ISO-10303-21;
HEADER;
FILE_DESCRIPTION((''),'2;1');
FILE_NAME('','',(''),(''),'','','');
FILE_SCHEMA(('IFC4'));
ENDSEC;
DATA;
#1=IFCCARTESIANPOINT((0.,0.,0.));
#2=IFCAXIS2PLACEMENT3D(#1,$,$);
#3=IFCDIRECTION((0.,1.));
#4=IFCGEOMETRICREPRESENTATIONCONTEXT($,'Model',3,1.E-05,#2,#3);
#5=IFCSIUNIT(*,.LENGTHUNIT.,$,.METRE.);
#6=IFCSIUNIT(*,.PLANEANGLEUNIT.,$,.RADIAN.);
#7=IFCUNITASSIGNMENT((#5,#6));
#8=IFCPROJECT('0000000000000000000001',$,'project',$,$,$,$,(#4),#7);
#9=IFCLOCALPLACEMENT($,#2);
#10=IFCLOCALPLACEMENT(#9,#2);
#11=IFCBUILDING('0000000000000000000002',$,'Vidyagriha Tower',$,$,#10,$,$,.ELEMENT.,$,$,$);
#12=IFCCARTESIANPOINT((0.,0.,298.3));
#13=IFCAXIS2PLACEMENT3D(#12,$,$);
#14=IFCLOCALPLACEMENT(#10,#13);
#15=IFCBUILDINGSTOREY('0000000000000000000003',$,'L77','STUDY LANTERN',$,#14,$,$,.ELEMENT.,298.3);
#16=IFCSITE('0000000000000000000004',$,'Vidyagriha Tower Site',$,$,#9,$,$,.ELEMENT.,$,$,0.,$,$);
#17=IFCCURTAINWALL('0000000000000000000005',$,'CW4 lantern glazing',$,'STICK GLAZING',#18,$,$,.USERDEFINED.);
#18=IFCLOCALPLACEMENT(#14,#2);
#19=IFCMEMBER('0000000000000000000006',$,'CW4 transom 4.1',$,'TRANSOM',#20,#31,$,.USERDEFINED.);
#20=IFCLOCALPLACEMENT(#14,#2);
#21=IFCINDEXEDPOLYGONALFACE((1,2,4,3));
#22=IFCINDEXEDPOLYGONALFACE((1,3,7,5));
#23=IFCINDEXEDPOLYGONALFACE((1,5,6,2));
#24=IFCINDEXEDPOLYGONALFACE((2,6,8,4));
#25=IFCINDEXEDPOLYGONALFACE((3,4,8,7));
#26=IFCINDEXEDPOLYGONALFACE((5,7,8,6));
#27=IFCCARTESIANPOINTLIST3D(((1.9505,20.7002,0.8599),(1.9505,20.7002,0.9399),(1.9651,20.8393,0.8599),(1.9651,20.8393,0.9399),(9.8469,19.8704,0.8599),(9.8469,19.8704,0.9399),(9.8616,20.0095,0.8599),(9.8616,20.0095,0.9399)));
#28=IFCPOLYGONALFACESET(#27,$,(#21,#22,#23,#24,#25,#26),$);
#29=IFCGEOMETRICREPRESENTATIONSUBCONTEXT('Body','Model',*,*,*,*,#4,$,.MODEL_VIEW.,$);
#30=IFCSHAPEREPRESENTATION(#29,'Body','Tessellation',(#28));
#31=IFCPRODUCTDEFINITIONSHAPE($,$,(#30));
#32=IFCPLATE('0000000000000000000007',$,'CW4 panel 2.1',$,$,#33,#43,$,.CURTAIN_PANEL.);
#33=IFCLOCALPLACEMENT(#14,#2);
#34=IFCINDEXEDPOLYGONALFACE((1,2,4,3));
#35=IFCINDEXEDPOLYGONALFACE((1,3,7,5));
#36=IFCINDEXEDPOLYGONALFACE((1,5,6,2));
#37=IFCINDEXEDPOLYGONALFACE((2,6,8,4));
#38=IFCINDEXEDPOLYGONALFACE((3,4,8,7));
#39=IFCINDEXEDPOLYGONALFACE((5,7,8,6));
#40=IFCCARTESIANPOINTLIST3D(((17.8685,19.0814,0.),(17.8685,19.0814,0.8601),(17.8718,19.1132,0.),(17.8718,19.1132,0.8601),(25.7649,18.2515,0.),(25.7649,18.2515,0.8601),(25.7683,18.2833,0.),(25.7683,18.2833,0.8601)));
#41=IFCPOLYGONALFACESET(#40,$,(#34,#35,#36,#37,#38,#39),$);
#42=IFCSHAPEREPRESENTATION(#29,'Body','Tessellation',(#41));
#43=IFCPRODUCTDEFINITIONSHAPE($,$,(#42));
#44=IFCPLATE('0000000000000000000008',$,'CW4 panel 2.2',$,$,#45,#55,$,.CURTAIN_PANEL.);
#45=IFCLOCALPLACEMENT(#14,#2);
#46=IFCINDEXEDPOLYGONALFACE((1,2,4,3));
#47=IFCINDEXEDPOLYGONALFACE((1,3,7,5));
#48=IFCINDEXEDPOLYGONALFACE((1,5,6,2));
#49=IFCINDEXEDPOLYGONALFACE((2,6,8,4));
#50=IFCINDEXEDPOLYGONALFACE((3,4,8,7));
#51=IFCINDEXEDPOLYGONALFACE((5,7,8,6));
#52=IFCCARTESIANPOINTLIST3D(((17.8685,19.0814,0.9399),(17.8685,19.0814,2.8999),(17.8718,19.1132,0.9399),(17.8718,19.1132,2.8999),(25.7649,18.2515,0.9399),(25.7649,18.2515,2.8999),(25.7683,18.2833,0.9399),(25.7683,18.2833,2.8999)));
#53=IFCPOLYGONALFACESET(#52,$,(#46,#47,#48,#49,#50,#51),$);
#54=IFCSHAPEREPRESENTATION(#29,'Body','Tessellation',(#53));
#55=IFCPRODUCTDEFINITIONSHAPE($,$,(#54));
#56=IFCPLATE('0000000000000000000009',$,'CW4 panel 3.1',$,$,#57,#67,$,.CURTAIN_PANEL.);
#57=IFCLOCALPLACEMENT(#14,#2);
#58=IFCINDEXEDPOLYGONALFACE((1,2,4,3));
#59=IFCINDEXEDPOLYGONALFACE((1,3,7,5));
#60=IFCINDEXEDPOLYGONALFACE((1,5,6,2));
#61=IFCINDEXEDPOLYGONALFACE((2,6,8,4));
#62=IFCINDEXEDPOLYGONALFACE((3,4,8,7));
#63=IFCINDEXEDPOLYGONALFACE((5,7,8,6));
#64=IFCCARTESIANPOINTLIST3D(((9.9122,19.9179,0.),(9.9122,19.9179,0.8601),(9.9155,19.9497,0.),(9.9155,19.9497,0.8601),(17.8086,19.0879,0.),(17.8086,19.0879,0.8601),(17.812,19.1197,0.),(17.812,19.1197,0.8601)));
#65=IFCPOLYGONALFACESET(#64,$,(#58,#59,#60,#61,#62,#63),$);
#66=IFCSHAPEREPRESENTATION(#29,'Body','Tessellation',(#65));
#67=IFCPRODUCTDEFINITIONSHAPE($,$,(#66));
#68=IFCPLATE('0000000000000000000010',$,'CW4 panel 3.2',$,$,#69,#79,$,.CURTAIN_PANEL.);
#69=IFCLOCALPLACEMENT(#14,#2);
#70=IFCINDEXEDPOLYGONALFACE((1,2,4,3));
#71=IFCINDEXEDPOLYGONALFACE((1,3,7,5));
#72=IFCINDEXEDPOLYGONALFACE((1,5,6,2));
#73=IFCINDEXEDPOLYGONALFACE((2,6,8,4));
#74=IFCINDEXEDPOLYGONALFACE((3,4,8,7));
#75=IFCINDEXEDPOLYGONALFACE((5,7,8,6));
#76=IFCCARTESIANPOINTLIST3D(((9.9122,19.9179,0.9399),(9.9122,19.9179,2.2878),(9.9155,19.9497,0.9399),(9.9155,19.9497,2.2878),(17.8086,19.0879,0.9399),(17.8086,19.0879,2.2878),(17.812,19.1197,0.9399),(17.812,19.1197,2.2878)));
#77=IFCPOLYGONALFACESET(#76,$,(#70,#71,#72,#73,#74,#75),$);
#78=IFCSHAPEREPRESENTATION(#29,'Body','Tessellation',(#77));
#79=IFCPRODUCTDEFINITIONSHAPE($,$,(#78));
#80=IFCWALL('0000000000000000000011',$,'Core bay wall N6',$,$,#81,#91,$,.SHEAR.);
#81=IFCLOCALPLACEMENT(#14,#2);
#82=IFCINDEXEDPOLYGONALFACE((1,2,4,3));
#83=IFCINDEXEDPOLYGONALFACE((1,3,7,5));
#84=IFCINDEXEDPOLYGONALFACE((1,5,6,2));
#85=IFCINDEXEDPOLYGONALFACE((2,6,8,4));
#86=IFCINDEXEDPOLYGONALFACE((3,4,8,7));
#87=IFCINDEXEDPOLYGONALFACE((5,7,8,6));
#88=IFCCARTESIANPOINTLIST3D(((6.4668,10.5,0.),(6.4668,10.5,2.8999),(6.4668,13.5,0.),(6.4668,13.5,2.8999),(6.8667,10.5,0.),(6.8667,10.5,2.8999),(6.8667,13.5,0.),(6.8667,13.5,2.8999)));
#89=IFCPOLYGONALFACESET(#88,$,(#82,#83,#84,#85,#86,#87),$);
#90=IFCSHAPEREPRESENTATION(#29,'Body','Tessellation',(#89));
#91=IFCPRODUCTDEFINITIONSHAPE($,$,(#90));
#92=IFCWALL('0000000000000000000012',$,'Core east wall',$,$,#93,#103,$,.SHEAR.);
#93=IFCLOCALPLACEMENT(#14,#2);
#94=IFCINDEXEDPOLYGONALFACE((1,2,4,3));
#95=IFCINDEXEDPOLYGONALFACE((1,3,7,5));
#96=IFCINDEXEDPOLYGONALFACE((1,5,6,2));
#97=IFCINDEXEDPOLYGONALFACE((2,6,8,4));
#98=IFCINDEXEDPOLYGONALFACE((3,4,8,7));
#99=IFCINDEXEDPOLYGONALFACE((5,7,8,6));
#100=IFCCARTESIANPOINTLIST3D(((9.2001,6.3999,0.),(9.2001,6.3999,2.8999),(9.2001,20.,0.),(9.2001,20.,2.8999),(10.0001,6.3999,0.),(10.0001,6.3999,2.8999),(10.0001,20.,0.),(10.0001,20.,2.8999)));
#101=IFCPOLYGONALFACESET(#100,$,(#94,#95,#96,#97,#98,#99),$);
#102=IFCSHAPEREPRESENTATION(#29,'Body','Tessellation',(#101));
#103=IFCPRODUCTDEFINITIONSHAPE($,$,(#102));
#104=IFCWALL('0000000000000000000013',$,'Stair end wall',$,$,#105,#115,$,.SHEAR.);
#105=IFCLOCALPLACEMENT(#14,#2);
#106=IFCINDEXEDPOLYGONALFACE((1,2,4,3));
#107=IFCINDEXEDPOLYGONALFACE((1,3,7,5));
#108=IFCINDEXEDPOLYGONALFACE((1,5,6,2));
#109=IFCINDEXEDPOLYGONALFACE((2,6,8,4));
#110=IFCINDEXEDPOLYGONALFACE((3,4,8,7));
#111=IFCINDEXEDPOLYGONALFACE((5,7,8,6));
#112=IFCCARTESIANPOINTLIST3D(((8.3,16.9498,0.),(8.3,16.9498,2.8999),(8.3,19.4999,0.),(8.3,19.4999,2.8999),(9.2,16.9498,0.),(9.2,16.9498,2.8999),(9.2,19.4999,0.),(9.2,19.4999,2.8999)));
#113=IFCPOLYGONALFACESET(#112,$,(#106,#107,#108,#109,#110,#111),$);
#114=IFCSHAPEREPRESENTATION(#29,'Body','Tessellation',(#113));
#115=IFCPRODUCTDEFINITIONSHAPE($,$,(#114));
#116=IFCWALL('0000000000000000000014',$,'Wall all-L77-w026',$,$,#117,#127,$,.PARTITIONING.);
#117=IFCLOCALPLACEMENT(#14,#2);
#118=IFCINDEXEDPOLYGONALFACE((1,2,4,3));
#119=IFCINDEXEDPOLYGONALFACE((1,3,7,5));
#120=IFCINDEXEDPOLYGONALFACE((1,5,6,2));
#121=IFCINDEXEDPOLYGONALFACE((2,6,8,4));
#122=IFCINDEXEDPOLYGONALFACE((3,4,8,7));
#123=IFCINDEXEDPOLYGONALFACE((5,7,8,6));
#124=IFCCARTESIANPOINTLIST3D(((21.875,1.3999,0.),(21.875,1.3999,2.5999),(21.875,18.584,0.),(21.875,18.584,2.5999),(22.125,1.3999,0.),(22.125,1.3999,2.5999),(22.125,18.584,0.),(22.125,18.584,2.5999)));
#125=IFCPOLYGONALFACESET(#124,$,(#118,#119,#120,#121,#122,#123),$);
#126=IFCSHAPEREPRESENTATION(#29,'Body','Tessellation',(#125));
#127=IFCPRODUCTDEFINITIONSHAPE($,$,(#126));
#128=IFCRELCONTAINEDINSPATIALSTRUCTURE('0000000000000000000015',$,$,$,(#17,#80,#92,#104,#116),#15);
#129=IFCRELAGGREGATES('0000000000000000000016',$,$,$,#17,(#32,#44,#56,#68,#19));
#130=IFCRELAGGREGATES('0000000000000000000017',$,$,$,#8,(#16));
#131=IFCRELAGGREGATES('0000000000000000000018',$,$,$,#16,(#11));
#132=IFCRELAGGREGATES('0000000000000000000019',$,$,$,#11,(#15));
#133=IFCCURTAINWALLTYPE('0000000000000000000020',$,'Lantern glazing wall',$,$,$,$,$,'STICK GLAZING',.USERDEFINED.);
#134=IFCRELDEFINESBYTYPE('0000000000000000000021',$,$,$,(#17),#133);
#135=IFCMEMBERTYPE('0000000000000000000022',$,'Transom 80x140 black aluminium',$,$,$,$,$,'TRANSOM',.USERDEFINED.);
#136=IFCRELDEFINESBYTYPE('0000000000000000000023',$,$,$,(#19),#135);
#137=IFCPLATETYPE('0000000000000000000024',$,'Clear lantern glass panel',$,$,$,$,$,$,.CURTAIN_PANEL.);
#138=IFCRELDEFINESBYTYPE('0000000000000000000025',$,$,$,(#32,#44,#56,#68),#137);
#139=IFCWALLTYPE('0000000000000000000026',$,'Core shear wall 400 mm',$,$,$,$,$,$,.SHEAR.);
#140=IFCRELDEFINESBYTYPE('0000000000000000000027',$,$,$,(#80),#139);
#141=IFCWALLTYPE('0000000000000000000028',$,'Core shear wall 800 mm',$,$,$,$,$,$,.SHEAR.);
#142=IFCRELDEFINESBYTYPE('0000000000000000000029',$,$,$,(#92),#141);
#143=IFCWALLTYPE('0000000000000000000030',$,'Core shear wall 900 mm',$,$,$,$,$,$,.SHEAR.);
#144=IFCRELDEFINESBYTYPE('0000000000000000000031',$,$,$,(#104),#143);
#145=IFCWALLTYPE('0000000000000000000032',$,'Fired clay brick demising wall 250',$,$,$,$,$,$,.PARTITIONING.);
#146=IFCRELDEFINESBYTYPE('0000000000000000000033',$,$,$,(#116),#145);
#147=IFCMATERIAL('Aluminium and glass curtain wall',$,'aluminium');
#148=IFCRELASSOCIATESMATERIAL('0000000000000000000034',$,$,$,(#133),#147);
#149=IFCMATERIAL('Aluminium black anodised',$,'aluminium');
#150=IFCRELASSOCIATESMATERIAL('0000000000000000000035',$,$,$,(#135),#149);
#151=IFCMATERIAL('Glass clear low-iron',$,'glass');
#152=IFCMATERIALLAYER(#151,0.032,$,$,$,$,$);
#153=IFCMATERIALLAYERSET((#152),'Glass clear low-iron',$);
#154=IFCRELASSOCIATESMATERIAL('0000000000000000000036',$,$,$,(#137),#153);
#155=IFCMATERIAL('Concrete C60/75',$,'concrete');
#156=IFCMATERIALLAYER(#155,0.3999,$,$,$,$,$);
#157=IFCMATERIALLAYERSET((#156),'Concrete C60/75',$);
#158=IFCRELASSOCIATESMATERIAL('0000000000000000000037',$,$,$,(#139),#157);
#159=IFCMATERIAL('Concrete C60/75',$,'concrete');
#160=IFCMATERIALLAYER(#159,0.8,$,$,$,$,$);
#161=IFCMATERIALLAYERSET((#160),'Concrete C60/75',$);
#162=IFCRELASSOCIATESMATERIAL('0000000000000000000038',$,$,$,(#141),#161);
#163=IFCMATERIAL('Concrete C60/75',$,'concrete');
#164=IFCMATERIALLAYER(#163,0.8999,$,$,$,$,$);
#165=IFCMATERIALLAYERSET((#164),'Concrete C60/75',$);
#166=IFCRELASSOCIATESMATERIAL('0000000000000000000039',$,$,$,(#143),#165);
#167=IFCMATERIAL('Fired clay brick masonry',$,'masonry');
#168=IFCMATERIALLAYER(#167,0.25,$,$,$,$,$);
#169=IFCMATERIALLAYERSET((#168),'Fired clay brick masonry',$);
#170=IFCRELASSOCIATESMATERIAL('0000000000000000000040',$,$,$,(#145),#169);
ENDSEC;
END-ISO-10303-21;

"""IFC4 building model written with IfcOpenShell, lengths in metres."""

from ifc_helpers import new_model, si_unit, direction, frame, frame_2d, origin, origin_2d, place, context, subcontext, project, spatial, rectangle, extrude, material, layer, layer_set, material_profile, profile_set, type_object, element, aggregate, save


model = new_model("IFC4")

# Units and contexts
model_context = context("Model", 3, precision=1e-05, world=origin(), true_north=direction((0.0, 1.0)))
body_context = subcontext(model_context, "Body", "Model", "MODEL_VIEW")
ifc_project = project(units=[si_unit("LENGTHUNIT", "METRE"), si_unit("PLANEANGLEUNIT", "RADIAN")], contexts=[model_context])

# Site, building, storey
site_placement = place(None, origin())
site = spatial("IfcSite", under=ifc_project, at=site_placement, Name="Vidyagriha Tower Site", CompositionType="ELEMENT", RefElevation=0.0)
building_placement = place(site_placement, origin())
building = spatial("IfcBuilding", under=site, at=building_placement, Name="Vidyagriha Tower", CompositionType="ELEMENT")
storey_placement = place(building_placement, frame((0.0, 0.0, 298.3)))
storey = spatial("IfcBuildingStorey", under=building, at=storey_placement, Name="L77", Description="STUDY LANTERN", CompositionType="ELEMENT", Elevation=298.3)

# Curtain wall
ifc_material_1 = material(Name="Aluminium and glass curtain wall", Category="aluminium")
curtain_wall_type = type_object("IfcCurtainWallType", Name="Lantern glazing wall", ElementType="STICK GLAZING", PredefinedType="USERDEFINED", material=ifc_material_1)
curtain_wall_placement = place(storey_placement, origin())
curtain_wall = element("IfcCurtainWall", 1, at=curtain_wall_placement, inside=storey, type_object=curtain_wall_type, Name="CW4 lantern glazing", ObjectType="STICK GLAZING", PredefinedType="USERDEFINED")

# Member
ifc_material_2 = material(Name="Aluminium black anodised", Category="aluminium")
ifc_material_profile_1 = material_profile(ifc_material_2, rectangle(XDim=0.1399, YDim=0.0801, at=origin_2d()), Name="Transom 80x140 black aluminium")
ifc_profile_set_1 = profile_set([ifc_material_profile_1], Name="Aluminium black anodised")
member_type_1 = type_object("IfcMemberType", Name="Transom 80x140 black aluminium", ElementType="TRANSOM", PredefinedType="USERDEFINED", material=ifc_profile_set_1)
member_1_placement = place(storey_placement, frame((9.8542, 19.9399, 0.8999), z_axis=(-0.994523, 0.104514, 0.0), x_axis=(-0.104514, -0.994523, 0.0)))
member_1 = element("IfcMember", 2, at=member_1_placement, type_object=member_type_1, Name="CW4 transom 4.1", ObjectType="TRANSOM", PredefinedType="USERDEFINED", context=body_context, shape_type="SweptSolid", body=[
    extrude(rectangle(XDim=0.1399, YDim=0.0801, at=origin_2d()), origin(), (0.0, 0.0, 1.0), 7.9399),
])

# Plates
ifc_material_3 = material(Name="Glass clear low-iron", Category="glass")
ifc_layer_1 = layer(ifc_material_3, 0.032)
ifc_layer_set_1 = layer_set([ifc_layer_1], Name="Glass clear low-iron")
plate_type = type_object("IfcPlateType", Name="Clear lantern glass panel", PredefinedType="CURTAIN_PANEL", material=ifc_layer_set_1)
plate_1_placement = place(storey_placement, frame((21.8184, 18.6824, 0.0), z_axis=(0.0, 0.0, 1.0), x_axis=(-0.994522, 0.104528, 0.0)))
plate_1 = element("IfcPlate", 3, at=plate_1_placement, type_object=plate_type, Name="CW4 panel 2.1", PredefinedType="CURTAIN_PANEL", context=body_context, shape_type="SweptSolid", body=[
    extrude(rectangle(XDim=7.9399, YDim=0.032, at=origin_2d()), origin(), (0.0, 0.0, 1.0), 0.8601),
])
plate_2_placement = place(storey_placement, frame((21.8184, 18.6824, 0.9399), z_axis=(0.0, 0.0, 1.0), x_axis=(-0.994522, 0.104528, 0.0)))
plate_2 = element("IfcPlate", 4, at=plate_2_placement, type_object=plate_type, Name="CW4 panel 2.2", PredefinedType="CURTAIN_PANEL", context=body_context, shape_type="SweptSolid", body=[
    extrude(rectangle(XDim=7.9399, YDim=0.032, at=origin_2d()), origin(), (0.0, 0.0, 1.0), 1.96),
])
plate_3_placement = place(storey_placement, frame((13.8621, 19.5188, 0.0), z_axis=(0.0, 0.0, 1.0), x_axis=(-0.994522, 0.104528, 0.0)))
plate_3 = element("IfcPlate", 5, at=plate_3_placement, type_object=plate_type, Name="CW4 panel 3.1", PredefinedType="CURTAIN_PANEL", context=body_context, shape_type="SweptSolid", body=[
    extrude(rectangle(XDim=7.9399, YDim=0.032, at=origin_2d()), origin(), (0.0, 0.0, 1.0), 0.8601),
])
plate_4_placement = place(storey_placement, frame((13.8621, 19.5188, 0.9399), z_axis=(0.0, 0.0, 1.0), x_axis=(-0.994522, 0.104528, 0.0)))
plate_4 = element("IfcPlate", 6, at=plate_4_placement, type_object=plate_type, Name="CW4 panel 3.2", PredefinedType="CURTAIN_PANEL", context=body_context, shape_type="SweptSolid", body=[
    extrude(rectangle(XDim=7.9399, YDim=0.032, at=origin_2d()), origin(), (0.0, 0.0, 1.0), 1.3479),
])
aggregate(curtain_wall, [plate_1, plate_2, plate_3, plate_4, member_1])

# Walls
ifc_material_4 = material(Name="Concrete C60/75", Category="concrete")
ifc_layer_2 = layer(ifc_material_4, 0.3999)
ifc_layer_set_2 = layer_set([ifc_layer_2], Name="Concrete C60/75")
wall_type_1 = type_object("IfcWallType", Name="Core shear wall 400 mm", PredefinedType="SHEAR", material=ifc_layer_set_2)
wall_1_placement = place(storey_placement, frame((6.6667, 10.5, 0.0), z_axis=(0.0, 0.0, 1.0), x_axis=(0.0, 1.0, 0.0)))
element("IfcWall", 7, at=wall_1_placement, inside=storey, type_object=wall_type_1, Name="Core bay wall N6", PredefinedType="SHEAR", context=body_context, shape_type="SweptSolid", body=[
    extrude(rectangle(XDim=3.0, YDim=0.3999, at=frame_2d((1.5, 0.0))), origin(), (0.0, 0.0, 1.0), 2.8999),
])
ifc_material_5 = material(Name="Concrete C60/75", Category="concrete")
ifc_layer_3 = layer(ifc_material_5, 0.8)
ifc_layer_set_3 = layer_set([ifc_layer_3], Name="Concrete C60/75")
wall_type_2 = type_object("IfcWallType", Name="Core shear wall 800 mm", PredefinedType="SHEAR", material=ifc_layer_set_3)
wall_2_placement = place(storey_placement, frame((9.6001, 6.3999, 0.0), z_axis=(0.0, 0.0, 1.0), x_axis=(0.0, 1.0, 0.0)))
element("IfcWall", 8, at=wall_2_placement, inside=storey, type_object=wall_type_2, Name="Core east wall", PredefinedType="SHEAR", context=body_context, shape_type="SweptSolid", body=[
    extrude(rectangle(XDim=13.6001, YDim=0.8, at=frame_2d((6.8, 0.0))), origin(), (0.0, 0.0, 1.0), 2.8999),
])
ifc_material_6 = material(Name="Concrete C60/75", Category="concrete")
ifc_layer_4 = layer(ifc_material_6, 0.8999)
ifc_layer_set_4 = layer_set([ifc_layer_4], Name="Concrete C60/75")
wall_type_3 = type_object("IfcWallType", Name="Core shear wall 900 mm", PredefinedType="SHEAR", material=ifc_layer_set_4)
wall_3_placement = place(storey_placement, frame((8.75, 16.95, 0.0), z_axis=(0.0, 0.0, 1.0), x_axis=(0.0, 1.0, 0.0)))
element("IfcWall", 9, at=wall_3_placement, inside=storey, type_object=wall_type_3, Name="Stair end wall", PredefinedType="SHEAR", context=body_context, shape_type="SweptSolid", body=[
    extrude(rectangle(XDim=2.55, YDim=0.8999, at=frame_2d((1.2749, 0.0))), origin(), (0.0, 0.0, 1.0), 2.8999),
])
ifc_material_7 = material(Name="Fired clay brick masonry", Category="masonry")
ifc_layer_5 = layer(ifc_material_7, 0.25)
ifc_layer_set_5 = layer_set([ifc_layer_5], Name="Fired clay brick masonry")
wall_type_4 = type_object("IfcWallType", Name="Fired clay brick demising wall 250", PredefinedType="PARTITIONING", material=ifc_layer_set_5)
wall_4_placement = place(storey_placement, frame((22.0, 18.584, 0.0), z_axis=(0.0, 0.0, 1.0), x_axis=(0.0, -1.0, 0.0)))
element("IfcWall", 10, at=wall_4_placement, inside=storey, type_object=wall_type_4, Name="Wall all-L77-w026", PredefinedType="PARTITIONING", context=body_context, shape_type="SweptSolid", body=[
    extrude(rectangle(XDim=17.1841, YDim=0.25, at=frame_2d((8.592, 0.0))), origin(), (0.0, 0.0, 1.0), 2.5999),
])

save(model, "model.ifc")
